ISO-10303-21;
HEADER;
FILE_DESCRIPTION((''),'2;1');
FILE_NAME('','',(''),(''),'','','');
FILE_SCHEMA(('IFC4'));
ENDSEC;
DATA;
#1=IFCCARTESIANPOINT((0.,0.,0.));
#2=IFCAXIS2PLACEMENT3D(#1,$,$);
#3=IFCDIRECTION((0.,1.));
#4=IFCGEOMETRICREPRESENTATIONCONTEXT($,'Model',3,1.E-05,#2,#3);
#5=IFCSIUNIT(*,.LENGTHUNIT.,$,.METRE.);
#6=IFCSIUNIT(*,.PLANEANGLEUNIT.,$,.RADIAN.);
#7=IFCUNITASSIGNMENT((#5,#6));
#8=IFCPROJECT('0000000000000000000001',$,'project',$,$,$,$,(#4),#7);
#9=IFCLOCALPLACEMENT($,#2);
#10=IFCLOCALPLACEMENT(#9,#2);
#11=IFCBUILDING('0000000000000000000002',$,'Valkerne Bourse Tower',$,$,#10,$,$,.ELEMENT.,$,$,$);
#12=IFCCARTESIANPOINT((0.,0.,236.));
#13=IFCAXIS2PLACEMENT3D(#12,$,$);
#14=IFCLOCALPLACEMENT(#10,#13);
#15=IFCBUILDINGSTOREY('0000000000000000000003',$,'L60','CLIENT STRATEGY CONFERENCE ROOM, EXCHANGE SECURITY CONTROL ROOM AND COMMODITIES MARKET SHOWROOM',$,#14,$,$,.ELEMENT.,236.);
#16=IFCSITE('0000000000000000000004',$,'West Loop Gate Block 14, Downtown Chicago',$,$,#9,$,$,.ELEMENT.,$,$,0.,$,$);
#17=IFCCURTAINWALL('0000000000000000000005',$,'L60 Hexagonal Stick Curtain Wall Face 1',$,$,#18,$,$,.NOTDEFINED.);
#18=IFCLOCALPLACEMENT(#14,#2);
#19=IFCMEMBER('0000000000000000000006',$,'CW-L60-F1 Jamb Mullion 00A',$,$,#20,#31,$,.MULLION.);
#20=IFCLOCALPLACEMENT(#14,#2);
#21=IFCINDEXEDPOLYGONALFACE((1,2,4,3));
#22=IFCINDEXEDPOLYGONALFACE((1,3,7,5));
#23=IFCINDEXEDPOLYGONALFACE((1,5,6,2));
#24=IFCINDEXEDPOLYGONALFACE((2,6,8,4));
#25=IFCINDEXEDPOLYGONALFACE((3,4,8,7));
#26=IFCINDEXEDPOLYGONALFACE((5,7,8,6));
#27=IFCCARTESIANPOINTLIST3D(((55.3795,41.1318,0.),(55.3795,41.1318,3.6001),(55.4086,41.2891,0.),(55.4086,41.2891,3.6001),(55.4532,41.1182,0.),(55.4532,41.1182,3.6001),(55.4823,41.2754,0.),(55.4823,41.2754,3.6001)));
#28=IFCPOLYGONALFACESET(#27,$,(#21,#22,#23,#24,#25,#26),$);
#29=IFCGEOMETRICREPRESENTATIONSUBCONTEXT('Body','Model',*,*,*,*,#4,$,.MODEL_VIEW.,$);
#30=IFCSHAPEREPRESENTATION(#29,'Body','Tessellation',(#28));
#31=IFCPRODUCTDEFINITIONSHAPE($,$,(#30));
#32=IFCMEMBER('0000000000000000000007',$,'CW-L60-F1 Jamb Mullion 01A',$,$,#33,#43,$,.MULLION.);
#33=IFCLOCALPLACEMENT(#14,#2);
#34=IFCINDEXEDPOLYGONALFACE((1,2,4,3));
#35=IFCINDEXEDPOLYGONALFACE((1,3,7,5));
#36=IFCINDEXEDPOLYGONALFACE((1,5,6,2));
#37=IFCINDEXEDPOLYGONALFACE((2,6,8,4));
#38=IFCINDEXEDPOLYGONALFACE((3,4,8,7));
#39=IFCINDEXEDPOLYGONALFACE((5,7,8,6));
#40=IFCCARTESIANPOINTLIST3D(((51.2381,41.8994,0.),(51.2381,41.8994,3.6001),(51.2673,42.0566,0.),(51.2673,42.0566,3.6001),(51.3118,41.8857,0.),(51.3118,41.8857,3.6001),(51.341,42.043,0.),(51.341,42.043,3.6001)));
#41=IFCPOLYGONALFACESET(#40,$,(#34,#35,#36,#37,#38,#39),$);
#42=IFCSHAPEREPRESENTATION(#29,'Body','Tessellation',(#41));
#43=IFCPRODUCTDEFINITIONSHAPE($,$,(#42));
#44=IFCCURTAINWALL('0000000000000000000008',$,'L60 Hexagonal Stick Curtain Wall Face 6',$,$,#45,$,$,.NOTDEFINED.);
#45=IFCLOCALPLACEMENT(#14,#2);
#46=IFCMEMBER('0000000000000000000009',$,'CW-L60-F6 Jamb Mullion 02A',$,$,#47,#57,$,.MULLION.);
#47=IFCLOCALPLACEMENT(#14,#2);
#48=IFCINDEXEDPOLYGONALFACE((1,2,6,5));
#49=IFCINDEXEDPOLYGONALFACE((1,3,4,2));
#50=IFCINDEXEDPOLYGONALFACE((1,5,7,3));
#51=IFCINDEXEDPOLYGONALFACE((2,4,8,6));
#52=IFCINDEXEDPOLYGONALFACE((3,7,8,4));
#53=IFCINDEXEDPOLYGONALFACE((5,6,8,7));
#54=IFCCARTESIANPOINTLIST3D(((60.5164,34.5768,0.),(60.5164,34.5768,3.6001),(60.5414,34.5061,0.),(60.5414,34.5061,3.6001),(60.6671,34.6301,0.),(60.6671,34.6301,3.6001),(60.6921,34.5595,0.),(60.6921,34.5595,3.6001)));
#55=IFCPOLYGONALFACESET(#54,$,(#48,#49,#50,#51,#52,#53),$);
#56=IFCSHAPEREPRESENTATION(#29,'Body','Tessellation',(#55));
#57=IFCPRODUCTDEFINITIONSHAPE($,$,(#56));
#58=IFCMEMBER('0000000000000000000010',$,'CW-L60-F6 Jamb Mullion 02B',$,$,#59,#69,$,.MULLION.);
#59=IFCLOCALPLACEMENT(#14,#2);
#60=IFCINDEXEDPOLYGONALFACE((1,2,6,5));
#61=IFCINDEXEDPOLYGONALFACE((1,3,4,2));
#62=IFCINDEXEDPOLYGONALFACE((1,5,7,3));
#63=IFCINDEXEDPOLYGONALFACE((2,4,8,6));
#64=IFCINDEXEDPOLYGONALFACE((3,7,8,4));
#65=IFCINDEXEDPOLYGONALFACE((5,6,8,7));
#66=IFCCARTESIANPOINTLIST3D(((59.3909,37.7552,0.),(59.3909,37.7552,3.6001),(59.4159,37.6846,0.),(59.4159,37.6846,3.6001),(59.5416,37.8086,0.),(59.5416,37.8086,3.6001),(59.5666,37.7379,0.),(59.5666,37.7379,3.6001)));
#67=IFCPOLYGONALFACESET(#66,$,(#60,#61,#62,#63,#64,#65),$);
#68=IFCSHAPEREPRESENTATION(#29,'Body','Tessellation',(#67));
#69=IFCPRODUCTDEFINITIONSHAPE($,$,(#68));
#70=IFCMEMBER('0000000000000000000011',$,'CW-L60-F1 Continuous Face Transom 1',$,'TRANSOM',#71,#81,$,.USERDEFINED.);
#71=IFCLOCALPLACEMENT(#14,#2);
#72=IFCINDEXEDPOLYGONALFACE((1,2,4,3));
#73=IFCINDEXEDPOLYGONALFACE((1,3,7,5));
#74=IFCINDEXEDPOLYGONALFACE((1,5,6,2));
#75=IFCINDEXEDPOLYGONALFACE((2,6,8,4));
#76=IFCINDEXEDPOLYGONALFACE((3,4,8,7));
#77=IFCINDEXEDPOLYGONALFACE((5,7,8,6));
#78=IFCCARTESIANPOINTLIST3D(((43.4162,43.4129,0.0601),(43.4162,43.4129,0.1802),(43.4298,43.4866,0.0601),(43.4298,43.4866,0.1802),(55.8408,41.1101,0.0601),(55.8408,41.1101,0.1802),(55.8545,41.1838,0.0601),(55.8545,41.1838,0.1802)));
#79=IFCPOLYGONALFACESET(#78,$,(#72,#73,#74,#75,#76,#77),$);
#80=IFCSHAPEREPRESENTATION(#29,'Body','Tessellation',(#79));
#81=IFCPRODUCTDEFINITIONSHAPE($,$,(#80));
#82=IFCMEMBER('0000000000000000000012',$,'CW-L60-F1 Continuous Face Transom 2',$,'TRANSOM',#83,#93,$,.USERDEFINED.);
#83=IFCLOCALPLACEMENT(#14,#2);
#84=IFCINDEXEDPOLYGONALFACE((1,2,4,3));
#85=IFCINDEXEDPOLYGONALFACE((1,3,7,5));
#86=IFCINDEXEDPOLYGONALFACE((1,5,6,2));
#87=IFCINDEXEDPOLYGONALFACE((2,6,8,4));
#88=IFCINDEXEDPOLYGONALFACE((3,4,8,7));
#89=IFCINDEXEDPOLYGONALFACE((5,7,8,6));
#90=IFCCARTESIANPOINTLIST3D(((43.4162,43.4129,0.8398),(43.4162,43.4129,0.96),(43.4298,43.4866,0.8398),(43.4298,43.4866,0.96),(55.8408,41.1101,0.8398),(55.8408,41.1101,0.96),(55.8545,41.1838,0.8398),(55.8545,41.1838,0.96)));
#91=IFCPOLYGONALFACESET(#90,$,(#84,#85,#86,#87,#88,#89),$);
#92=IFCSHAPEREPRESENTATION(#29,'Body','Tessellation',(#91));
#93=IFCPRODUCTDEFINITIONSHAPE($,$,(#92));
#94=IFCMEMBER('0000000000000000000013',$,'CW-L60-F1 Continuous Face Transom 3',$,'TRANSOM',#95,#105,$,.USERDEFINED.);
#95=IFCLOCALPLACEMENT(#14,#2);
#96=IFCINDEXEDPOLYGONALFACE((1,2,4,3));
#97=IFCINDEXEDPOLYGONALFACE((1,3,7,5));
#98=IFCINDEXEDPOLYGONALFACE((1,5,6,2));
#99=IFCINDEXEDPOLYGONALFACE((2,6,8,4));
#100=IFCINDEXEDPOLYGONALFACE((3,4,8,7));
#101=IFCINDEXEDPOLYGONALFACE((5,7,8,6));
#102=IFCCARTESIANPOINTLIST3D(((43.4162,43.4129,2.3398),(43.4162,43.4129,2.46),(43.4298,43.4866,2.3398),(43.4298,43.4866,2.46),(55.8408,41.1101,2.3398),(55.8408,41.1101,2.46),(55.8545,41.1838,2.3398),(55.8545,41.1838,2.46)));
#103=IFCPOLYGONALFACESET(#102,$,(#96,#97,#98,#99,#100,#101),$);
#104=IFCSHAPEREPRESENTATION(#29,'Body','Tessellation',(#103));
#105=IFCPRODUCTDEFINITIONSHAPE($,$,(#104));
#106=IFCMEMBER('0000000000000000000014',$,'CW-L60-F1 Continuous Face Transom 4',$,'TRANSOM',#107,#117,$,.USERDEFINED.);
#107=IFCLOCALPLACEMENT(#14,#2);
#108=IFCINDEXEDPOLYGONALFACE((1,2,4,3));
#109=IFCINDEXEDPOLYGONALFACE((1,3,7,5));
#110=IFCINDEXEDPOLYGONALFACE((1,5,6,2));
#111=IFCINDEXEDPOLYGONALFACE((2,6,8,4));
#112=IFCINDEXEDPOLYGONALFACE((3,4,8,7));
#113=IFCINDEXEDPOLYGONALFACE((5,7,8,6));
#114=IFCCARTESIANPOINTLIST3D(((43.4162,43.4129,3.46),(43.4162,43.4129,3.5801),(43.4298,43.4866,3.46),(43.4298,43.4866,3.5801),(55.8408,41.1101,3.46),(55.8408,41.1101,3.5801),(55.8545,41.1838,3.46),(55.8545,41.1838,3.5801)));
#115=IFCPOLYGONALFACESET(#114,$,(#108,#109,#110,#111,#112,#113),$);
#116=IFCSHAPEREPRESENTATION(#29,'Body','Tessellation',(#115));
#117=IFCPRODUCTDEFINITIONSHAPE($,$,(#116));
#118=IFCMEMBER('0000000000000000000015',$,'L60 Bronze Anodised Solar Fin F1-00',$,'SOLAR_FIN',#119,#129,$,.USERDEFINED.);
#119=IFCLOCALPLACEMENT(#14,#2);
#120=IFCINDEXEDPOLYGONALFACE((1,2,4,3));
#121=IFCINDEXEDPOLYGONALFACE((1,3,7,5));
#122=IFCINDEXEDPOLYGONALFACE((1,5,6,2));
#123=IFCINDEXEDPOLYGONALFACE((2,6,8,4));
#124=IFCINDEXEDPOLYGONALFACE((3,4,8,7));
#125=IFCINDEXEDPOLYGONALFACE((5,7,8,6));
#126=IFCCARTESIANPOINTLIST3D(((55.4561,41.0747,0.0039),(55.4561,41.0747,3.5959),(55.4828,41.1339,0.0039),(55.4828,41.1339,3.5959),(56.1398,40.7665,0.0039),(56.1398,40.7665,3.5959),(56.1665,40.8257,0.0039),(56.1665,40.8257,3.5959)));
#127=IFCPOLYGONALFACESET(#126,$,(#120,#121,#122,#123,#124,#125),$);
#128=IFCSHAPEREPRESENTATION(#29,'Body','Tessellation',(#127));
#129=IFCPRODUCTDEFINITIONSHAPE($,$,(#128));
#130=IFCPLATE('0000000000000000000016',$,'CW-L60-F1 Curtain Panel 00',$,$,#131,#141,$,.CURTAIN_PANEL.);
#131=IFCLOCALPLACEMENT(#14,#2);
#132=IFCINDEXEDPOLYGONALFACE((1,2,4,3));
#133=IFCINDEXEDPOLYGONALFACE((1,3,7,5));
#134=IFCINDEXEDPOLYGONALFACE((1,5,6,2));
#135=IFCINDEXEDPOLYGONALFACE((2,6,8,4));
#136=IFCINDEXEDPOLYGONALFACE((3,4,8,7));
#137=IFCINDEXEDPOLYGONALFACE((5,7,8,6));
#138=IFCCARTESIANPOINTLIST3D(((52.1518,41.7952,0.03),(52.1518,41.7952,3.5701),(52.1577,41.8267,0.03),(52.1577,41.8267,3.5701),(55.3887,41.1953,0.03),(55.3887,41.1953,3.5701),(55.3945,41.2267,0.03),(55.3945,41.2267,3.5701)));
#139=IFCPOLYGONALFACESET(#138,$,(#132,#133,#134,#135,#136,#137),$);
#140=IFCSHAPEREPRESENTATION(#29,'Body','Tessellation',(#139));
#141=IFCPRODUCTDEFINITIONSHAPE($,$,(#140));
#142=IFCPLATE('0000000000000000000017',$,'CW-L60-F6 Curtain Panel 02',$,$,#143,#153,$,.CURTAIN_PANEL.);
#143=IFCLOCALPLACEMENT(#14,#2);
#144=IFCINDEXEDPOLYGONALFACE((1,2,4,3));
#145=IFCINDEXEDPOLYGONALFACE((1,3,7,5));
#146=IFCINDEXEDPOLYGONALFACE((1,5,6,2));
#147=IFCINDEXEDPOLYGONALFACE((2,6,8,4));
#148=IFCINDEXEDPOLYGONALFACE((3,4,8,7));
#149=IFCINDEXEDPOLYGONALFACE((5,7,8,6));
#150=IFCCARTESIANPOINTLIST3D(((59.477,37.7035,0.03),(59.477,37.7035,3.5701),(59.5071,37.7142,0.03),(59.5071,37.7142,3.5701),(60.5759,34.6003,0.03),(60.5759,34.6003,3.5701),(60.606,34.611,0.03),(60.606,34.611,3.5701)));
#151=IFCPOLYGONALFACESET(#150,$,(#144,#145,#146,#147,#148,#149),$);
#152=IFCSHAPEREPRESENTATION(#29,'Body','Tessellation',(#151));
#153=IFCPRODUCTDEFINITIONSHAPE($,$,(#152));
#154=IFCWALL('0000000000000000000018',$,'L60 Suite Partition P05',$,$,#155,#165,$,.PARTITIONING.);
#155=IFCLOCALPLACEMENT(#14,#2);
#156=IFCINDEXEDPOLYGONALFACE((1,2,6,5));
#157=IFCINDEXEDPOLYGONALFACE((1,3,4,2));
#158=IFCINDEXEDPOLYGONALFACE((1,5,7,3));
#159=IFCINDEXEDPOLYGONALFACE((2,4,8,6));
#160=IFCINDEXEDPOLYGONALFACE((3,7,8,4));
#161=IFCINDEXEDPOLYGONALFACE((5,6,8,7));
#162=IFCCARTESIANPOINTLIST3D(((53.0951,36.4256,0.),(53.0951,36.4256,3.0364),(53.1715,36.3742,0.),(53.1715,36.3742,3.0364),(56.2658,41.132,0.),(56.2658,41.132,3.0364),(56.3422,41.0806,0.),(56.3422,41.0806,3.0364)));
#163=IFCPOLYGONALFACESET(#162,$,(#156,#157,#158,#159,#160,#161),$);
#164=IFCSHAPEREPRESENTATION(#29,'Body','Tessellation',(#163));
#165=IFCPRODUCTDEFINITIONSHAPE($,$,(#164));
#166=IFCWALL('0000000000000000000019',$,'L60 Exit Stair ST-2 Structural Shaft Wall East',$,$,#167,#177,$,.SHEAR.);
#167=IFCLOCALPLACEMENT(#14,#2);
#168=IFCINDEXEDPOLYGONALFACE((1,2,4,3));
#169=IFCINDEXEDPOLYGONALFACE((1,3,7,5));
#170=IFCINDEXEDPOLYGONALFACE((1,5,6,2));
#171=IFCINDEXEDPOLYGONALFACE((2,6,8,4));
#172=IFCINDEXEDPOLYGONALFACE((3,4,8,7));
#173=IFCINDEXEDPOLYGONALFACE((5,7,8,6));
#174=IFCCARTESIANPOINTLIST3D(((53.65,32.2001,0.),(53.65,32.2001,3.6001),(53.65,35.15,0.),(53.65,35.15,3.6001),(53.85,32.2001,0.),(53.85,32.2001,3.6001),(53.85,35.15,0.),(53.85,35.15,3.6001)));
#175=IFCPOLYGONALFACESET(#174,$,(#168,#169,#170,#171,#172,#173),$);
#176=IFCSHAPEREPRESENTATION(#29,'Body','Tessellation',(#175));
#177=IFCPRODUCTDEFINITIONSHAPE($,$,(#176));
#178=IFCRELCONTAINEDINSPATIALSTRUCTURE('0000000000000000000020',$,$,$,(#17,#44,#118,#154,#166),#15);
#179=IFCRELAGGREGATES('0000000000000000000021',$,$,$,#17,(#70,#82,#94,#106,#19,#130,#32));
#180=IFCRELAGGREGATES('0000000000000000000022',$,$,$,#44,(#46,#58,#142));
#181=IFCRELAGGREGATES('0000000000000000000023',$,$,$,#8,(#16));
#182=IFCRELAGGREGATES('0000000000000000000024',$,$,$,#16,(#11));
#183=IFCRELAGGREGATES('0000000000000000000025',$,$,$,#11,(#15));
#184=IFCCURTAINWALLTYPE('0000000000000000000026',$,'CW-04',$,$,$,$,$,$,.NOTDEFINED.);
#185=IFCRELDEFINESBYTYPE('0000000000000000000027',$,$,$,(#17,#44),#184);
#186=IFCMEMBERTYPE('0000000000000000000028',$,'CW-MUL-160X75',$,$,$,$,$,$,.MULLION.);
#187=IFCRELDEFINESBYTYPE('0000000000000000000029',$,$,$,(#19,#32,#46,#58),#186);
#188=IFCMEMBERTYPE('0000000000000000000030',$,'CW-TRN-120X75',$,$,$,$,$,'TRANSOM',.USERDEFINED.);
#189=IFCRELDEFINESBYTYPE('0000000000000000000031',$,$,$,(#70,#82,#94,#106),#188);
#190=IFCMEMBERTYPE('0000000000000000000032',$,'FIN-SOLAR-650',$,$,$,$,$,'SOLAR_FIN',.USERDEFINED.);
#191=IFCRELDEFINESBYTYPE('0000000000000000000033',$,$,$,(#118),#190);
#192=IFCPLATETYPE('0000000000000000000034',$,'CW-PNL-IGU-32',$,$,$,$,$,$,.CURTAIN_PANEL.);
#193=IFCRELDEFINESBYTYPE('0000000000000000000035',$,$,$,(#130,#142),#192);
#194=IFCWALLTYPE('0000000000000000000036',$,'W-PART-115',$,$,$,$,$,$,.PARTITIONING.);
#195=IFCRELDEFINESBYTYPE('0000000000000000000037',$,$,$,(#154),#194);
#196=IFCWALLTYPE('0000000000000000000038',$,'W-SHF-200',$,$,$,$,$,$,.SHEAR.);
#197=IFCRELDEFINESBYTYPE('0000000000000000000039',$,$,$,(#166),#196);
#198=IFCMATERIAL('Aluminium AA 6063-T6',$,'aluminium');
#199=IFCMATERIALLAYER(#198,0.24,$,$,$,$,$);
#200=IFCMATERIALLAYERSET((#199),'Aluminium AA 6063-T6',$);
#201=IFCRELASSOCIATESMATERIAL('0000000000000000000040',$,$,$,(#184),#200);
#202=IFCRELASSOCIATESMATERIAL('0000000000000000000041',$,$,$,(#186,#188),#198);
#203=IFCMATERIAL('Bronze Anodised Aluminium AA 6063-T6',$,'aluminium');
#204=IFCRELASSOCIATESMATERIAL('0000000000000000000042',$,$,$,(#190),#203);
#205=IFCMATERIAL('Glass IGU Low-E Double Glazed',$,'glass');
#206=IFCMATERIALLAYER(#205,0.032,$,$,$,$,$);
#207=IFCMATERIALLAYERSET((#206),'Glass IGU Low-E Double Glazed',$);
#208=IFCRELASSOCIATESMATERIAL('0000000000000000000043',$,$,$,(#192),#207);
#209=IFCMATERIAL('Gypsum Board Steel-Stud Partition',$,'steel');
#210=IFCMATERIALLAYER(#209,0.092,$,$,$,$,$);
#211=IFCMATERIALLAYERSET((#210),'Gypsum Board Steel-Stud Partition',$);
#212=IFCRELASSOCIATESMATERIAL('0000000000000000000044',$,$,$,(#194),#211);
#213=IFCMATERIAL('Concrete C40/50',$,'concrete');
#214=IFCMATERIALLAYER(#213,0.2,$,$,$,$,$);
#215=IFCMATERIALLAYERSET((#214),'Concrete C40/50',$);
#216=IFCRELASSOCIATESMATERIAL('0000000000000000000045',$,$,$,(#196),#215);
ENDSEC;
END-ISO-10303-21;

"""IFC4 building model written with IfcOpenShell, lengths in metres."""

from ifc_helpers import new_model, si_unit, direction, frame, frame_2d, origin, origin_2d, place, context, subcontext, project, spatial, rectangle, extrude, material, layer, layer_set, material_profile, profile_set, type_object, element, aggregate, save


model = new_model("IFC4")

# Units and contexts
model_context = context("Model", 3, precision=1e-05, world=origin(), true_north=direction((0.0, 1.0)))
body_context = subcontext(model_context, "Body", "Model", "MODEL_VIEW")
ifc_project = project(units=[si_unit("LENGTHUNIT", "METRE"), si_unit("PLANEANGLEUNIT", "RADIAN")], contexts=[model_context])

# Site, building, storey
site_placement = place(None, origin())
site = spatial("IfcSite", under=ifc_project, at=site_placement, Name="West Loop Gate Block 14, Downtown Chicago", CompositionType="ELEMENT", RefElevation=0.0)
building_placement = place(site_placement, origin())
building = spatial("IfcBuilding", under=site, at=building_placement, Name="Valkerne Bourse Tower", CompositionType="ELEMENT")
storey_placement = place(building_placement, frame((0.0, 0.0, 236.0)))
storey = spatial("IfcBuildingStorey", under=building, at=storey_placement, Name="L60", Description="CLIENT STRATEGY CONFERENCE ROOM, EXCHANGE SECURITY CONTROL ROOM AND COMMODITIES MARKET SHOWROOM", CompositionType="ELEMENT", Elevation=236.0)

# Curtain walls, members
ifc_material_1 = material(Name="Aluminium AA 6063-T6", Category="aluminium")
ifc_layer_1 = layer(ifc_material_1, 0.24)
ifc_layer_set_1 = layer_set([ifc_layer_1], Name="Aluminium AA 6063-T6")
curtain_wall_type = type_object("IfcCurtainWallType", Name="CW-04", PredefinedType="NOTDEFINED", material=ifc_layer_set_1)
curtain_wall_1_placement = place(storey_placement, origin())
curtain_wall_1 = element("IfcCurtainWall", 1, at=curtain_wall_1_placement, inside=storey, type_object=curtain_wall_type, Name="L60 Hexagonal Stick Curtain Wall Face 1", PredefinedType="NOTDEFINED")
ifc_material_profile_1 = material_profile(ifc_material_1, rectangle(XDim=0.075, YDim=0.1599, at=origin_2d()), Name="CWM-75X160")
ifc_profile_set_1 = profile_set([ifc_material_profile_1], Name="Aluminium AA 6063-T6")
member_type_1 = type_object("IfcMemberType", Name="CW-MUL-160X75", PredefinedType="MULLION", material=ifc_profile_set_1)
member_1_placement = place(storey_placement, frame((55.4309, 41.2036, 0.0), z_axis=(0.0, 0.0, 1.0), x_axis=(-0.983254, 0.18224, 0.0)))
member_1 = element("IfcMember", 2, at=member_1_placement, type_object=member_type_1, Name="CW-L60-F1 Jamb Mullion 00A", PredefinedType="MULLION", context=body_context, shape_type="SweptSolid", body=[
    extrude(rectangle(XDim=0.075, YDim=0.1599, at=origin_2d()), origin(), (0.0, 0.0, 1.0), 3.6001),
])
member_2_placement = place(storey_placement, frame((51.2896, 41.9712, 0.0), z_axis=(0.0, 0.0, 1.0), x_axis=(-0.983258, 0.182217, 0.0)))
member_2 = element("IfcMember", 3, at=member_2_placement, type_object=member_type_1, Name="CW-L60-F1 Jamb Mullion 01A", PredefinedType="MULLION", context=body_context, shape_type="SweptSolid", body=[
    extrude(rectangle(XDim=0.075, YDim=0.1599, at=origin_2d()), origin(), (0.0, 0.0, 1.0), 3.6001),
])
curtain_wall_2_placement = place(storey_placement, origin())
curtain_wall_2 = element("IfcCurtainWall", 4, at=curtain_wall_2_placement, inside=storey, type_object=curtain_wall_type, Name="L60 Hexagonal Stick Curtain Wall Face 6", PredefinedType="NOTDEFINED")
member_3_placement = place(storey_placement, frame((60.6042, 34.5681, 0.0), z_axis=(0.0, 0.0, 1.0), x_axis=(-0.333801, 0.942644, 0.0)))
member_3 = element("IfcMember", 5, at=member_3_placement, type_object=member_type_1, Name="CW-L60-F6 Jamb Mullion 02A", PredefinedType="MULLION", context=body_context, shape_type="SweptSolid", body=[
    extrude(rectangle(XDim=0.075, YDim=0.1599, at=origin_2d()), origin(), (0.0, 0.0, 1.0), 3.6001),
])
member_4_placement = place(storey_placement, frame((59.4788, 37.7466, 0.0), z_axis=(0.0, 0.0, 1.0), x_axis=(-0.333801, 0.942644, 0.0)))
member_4 = element("IfcMember", 6, at=member_4_placement, type_object=member_type_1, Name="CW-L60-F6 Jamb Mullion 02B", PredefinedType="MULLION", context=body_context, shape_type="SweptSolid", body=[
    extrude(rectangle(XDim=0.075, YDim=0.1599, at=origin_2d()), origin(), (0.0, 0.0, 1.0), 3.6001),
])

# Members
ifc_material_profile_2 = material_profile(ifc_material_1, rectangle(XDim=0.075, YDim=0.1201, at=origin_2d()), Name="CWT-75X120")
ifc_profile_set_2 = profile_set([ifc_material_profile_2], Name="Aluminium AA 6063-T6")
member_type_2 = type_object("IfcMemberType", Name="CW-TRN-120X75", ElementType="TRANSOM", PredefinedType="USERDEFINED", material=ifc_profile_set_2)
member_5_placement = place(storey_placement, frame((55.8477, 41.147, 0.1201), z_axis=(-0.983255, 0.182234, 0.0), x_axis=(-0.182234, -0.983255, 0.0)))
member_5 = element("IfcMember", 7, at=member_5_placement, type_object=member_type_2, Name="CW-L60-F1 Continuous Face Transom 1", ObjectType="TRANSOM", PredefinedType="USERDEFINED", context=body_context, shape_type="SweptSolid", body=[
    extrude(rectangle(XDim=0.075, YDim=0.1201, at=origin_2d()), origin(), (0.0, 0.0, 1.0), 12.6362),
])
member_6_placement = place(storey_placement, frame((55.8477, 41.147, 0.8999), z_axis=(-0.983255, 0.182234, 0.0), x_axis=(-0.182234, -0.983255, 0.0)))
member_6 = element("IfcMember", 8, at=member_6_placement, type_object=member_type_2, Name="CW-L60-F1 Continuous Face Transom 2", ObjectType="TRANSOM", PredefinedType="USERDEFINED", context=body_context, shape_type="SweptSolid", body=[
    extrude(rectangle(XDim=0.075, YDim=0.1201, at=origin_2d()), origin(), (0.0, 0.0, 1.0), 12.6362),
])
member_7_placement = place(storey_placement, frame((55.8477, 41.147, 2.3999), z_axis=(-0.983255, 0.182234, 0.0), x_axis=(-0.182234, -0.983255, 0.0)))
member_7 = element("IfcMember", 9, at=member_7_placement, type_object=member_type_2, Name="CW-L60-F1 Continuous Face Transom 3", ObjectType="TRANSOM", PredefinedType="USERDEFINED", context=body_context, shape_type="SweptSolid", body=[
    extrude(rectangle(XDim=0.075, YDim=0.1201, at=origin_2d()), origin(), (0.0, 0.0, 1.0), 12.6362),
])
member_8_placement = place(storey_placement, frame((55.8477, 41.147, 3.52), z_axis=(-0.983255, 0.182234, 0.0), x_axis=(-0.182234, -0.983255, 0.0)))
member_8 = element("IfcMember", 10, at=member_8_placement, type_object=member_type_2, Name="CW-L60-F1 Continuous Face Transom 4", ObjectType="TRANSOM", PredefinedType="USERDEFINED", context=body_context, shape_type="SweptSolid", body=[
    extrude(rectangle(XDim=0.075, YDim=0.1201, at=origin_2d()), origin(), (0.0, 0.0, 1.0), 12.6362),
])
ifc_material_2 = material(Name="Bronze Anodised Aluminium AA 6063-T6", Category="aluminium")
ifc_material_profile_3 = material_profile(ifc_material_2, rectangle(XDim=0.0649, YDim=0.75, at=origin_2d()), Name="FIN-65X750")
ifc_profile_set_3 = profile_set([ifc_material_profile_3], Name="Bronze Anodised Aluminium AA 6063-T6")
member_type_3 = type_object("IfcMemberType", Name="FIN-SOLAR-650", ElementType="SOLAR_FIN", PredefinedType="USERDEFINED", material=ifc_profile_set_3)
member_9_placement = place(storey_placement, frame((55.8113, 40.9502, 0.0039), z_axis=(0.0, 0.0, 1.0), x_axis=(0.41097, 0.911649, 0.0)))
element("IfcMember", 11, at=member_9_placement, inside=storey, type_object=member_type_3, Name="L60 Bronze Anodised Solar Fin F1-00", ObjectType="SOLAR_FIN", PredefinedType="USERDEFINED", context=body_context, shape_type="SweptSolid", body=[
    extrude(rectangle(XDim=0.0649, YDim=0.75, at=origin_2d()), origin(), (0.0, 0.0, 1.0), 3.592),
])

# Plates
ifc_material_3 = material(Name="Glass IGU Low-E Double Glazed", Category="glass")
ifc_layer_2 = layer(ifc_material_3, 0.032)
ifc_layer_set_2 = layer_set([ifc_layer_2], Name="Glass IGU Low-E Double Glazed")
plate_type = type_object("IfcPlateType", Name="CW-PNL-IGU-32", PredefinedType="CURTAIN_PANEL", material=ifc_layer_set_2)
plate_1_placement = place(storey_placement, frame((53.7732, 41.511, 0.03), z_axis=(0.0, 0.0, 1.0), x_axis=(-0.983254, 0.18224, 0.0)))
plate_1 = element("IfcPlate", 12, at=plate_1_placement, type_object=plate_type, Name="CW-L60-F1 Curtain Panel 00", PredefinedType="CURTAIN_PANEL", context=body_context, shape_type="SweptSolid", body=[
    extrude(rectangle(XDim=3.292, YDim=0.032, at=origin_2d()), origin(), (0.0, 0.0, 1.0), 3.54),
])
aggregate(curtain_wall_1, [member_5, member_6, member_7, member_8, member_1, plate_1, member_2])
plate_2_placement = place(storey_placement, frame((60.0415, 36.1572, 0.03), z_axis=(0.0, 0.0, 1.0), x_axis=(-0.333801, 0.942644, 0.0)))
plate_2 = element("IfcPlate", 13, at=plate_2_placement, type_object=plate_type, Name="CW-L60-F6 Curtain Panel 02", PredefinedType="CURTAIN_PANEL", context=body_context, shape_type="SweptSolid", body=[
    extrude(rectangle(XDim=3.292, YDim=0.032, at=origin_2d()), origin(), (0.0, 0.0, 1.0), 3.54),
])
aggregate(curtain_wall_2, [member_3, member_4, plate_2])

# Walls
ifc_material_4 = material(Name="Gypsum Board Steel-Stud Partition", Category="steel")
ifc_layer_3 = layer(ifc_material_4, 0.092)
ifc_layer_set_3 = layer_set([ifc_layer_3], Name="Gypsum Board Steel-Stud Partition")
wall_type_1 = type_object("IfcWallType", Name="W-PART-115", PredefinedType="PARTITIONING", material=ifc_layer_set_3)
wall_1_placement = place(storey_placement, frame((53.1333, 36.3999, 0.0), z_axis=(0.0, 0.0, 1.0), x_axis=(0.558734, 0.829347, 0.0)))
element("IfcWall", 14, at=wall_1_placement, inside=storey, type_object=wall_type_1, Name="L60 Suite Partition P05", PredefinedType="PARTITIONING", context=body_context, shape_type="SweptSolid", body=[
    extrude(rectangle(XDim=5.6748, YDim=0.092, at=frame_2d((2.8374, 0.0))), origin(), (0.0, 0.0, 1.0), 3.0364),
])
ifc_material_5 = material(Name="Concrete C40/50", Category="concrete")
ifc_layer_4 = layer(ifc_material_5, 0.2)
ifc_layer_set_4 = layer_set([ifc_layer_4], Name="Concrete C40/50")
wall_type_2 = type_object("IfcWallType", Name="W-SHF-200", PredefinedType="SHEAR", material=ifc_layer_set_4)
wall_2_placement = place(storey_placement, frame((53.75, 32.2, 0.0), z_axis=(0.0, 0.0, 1.0), x_axis=(0.0, 1.0, 0.0)))
element("IfcWall", 15, at=wall_2_placement, inside=storey, type_object=wall_type_2, Name="L60 Exit Stair ST-2 Structural Shaft Wall East", PredefinedType="SHEAR", context=body_context, shape_type="SweptSolid", body=[
    extrude(rectangle(XDim=2.95, YDim=0.2, at=frame_2d((1.4751, 0.0))), origin(), (0.0, 0.0, 1.0), 3.6001),
])

save(model, "model.ifc")
